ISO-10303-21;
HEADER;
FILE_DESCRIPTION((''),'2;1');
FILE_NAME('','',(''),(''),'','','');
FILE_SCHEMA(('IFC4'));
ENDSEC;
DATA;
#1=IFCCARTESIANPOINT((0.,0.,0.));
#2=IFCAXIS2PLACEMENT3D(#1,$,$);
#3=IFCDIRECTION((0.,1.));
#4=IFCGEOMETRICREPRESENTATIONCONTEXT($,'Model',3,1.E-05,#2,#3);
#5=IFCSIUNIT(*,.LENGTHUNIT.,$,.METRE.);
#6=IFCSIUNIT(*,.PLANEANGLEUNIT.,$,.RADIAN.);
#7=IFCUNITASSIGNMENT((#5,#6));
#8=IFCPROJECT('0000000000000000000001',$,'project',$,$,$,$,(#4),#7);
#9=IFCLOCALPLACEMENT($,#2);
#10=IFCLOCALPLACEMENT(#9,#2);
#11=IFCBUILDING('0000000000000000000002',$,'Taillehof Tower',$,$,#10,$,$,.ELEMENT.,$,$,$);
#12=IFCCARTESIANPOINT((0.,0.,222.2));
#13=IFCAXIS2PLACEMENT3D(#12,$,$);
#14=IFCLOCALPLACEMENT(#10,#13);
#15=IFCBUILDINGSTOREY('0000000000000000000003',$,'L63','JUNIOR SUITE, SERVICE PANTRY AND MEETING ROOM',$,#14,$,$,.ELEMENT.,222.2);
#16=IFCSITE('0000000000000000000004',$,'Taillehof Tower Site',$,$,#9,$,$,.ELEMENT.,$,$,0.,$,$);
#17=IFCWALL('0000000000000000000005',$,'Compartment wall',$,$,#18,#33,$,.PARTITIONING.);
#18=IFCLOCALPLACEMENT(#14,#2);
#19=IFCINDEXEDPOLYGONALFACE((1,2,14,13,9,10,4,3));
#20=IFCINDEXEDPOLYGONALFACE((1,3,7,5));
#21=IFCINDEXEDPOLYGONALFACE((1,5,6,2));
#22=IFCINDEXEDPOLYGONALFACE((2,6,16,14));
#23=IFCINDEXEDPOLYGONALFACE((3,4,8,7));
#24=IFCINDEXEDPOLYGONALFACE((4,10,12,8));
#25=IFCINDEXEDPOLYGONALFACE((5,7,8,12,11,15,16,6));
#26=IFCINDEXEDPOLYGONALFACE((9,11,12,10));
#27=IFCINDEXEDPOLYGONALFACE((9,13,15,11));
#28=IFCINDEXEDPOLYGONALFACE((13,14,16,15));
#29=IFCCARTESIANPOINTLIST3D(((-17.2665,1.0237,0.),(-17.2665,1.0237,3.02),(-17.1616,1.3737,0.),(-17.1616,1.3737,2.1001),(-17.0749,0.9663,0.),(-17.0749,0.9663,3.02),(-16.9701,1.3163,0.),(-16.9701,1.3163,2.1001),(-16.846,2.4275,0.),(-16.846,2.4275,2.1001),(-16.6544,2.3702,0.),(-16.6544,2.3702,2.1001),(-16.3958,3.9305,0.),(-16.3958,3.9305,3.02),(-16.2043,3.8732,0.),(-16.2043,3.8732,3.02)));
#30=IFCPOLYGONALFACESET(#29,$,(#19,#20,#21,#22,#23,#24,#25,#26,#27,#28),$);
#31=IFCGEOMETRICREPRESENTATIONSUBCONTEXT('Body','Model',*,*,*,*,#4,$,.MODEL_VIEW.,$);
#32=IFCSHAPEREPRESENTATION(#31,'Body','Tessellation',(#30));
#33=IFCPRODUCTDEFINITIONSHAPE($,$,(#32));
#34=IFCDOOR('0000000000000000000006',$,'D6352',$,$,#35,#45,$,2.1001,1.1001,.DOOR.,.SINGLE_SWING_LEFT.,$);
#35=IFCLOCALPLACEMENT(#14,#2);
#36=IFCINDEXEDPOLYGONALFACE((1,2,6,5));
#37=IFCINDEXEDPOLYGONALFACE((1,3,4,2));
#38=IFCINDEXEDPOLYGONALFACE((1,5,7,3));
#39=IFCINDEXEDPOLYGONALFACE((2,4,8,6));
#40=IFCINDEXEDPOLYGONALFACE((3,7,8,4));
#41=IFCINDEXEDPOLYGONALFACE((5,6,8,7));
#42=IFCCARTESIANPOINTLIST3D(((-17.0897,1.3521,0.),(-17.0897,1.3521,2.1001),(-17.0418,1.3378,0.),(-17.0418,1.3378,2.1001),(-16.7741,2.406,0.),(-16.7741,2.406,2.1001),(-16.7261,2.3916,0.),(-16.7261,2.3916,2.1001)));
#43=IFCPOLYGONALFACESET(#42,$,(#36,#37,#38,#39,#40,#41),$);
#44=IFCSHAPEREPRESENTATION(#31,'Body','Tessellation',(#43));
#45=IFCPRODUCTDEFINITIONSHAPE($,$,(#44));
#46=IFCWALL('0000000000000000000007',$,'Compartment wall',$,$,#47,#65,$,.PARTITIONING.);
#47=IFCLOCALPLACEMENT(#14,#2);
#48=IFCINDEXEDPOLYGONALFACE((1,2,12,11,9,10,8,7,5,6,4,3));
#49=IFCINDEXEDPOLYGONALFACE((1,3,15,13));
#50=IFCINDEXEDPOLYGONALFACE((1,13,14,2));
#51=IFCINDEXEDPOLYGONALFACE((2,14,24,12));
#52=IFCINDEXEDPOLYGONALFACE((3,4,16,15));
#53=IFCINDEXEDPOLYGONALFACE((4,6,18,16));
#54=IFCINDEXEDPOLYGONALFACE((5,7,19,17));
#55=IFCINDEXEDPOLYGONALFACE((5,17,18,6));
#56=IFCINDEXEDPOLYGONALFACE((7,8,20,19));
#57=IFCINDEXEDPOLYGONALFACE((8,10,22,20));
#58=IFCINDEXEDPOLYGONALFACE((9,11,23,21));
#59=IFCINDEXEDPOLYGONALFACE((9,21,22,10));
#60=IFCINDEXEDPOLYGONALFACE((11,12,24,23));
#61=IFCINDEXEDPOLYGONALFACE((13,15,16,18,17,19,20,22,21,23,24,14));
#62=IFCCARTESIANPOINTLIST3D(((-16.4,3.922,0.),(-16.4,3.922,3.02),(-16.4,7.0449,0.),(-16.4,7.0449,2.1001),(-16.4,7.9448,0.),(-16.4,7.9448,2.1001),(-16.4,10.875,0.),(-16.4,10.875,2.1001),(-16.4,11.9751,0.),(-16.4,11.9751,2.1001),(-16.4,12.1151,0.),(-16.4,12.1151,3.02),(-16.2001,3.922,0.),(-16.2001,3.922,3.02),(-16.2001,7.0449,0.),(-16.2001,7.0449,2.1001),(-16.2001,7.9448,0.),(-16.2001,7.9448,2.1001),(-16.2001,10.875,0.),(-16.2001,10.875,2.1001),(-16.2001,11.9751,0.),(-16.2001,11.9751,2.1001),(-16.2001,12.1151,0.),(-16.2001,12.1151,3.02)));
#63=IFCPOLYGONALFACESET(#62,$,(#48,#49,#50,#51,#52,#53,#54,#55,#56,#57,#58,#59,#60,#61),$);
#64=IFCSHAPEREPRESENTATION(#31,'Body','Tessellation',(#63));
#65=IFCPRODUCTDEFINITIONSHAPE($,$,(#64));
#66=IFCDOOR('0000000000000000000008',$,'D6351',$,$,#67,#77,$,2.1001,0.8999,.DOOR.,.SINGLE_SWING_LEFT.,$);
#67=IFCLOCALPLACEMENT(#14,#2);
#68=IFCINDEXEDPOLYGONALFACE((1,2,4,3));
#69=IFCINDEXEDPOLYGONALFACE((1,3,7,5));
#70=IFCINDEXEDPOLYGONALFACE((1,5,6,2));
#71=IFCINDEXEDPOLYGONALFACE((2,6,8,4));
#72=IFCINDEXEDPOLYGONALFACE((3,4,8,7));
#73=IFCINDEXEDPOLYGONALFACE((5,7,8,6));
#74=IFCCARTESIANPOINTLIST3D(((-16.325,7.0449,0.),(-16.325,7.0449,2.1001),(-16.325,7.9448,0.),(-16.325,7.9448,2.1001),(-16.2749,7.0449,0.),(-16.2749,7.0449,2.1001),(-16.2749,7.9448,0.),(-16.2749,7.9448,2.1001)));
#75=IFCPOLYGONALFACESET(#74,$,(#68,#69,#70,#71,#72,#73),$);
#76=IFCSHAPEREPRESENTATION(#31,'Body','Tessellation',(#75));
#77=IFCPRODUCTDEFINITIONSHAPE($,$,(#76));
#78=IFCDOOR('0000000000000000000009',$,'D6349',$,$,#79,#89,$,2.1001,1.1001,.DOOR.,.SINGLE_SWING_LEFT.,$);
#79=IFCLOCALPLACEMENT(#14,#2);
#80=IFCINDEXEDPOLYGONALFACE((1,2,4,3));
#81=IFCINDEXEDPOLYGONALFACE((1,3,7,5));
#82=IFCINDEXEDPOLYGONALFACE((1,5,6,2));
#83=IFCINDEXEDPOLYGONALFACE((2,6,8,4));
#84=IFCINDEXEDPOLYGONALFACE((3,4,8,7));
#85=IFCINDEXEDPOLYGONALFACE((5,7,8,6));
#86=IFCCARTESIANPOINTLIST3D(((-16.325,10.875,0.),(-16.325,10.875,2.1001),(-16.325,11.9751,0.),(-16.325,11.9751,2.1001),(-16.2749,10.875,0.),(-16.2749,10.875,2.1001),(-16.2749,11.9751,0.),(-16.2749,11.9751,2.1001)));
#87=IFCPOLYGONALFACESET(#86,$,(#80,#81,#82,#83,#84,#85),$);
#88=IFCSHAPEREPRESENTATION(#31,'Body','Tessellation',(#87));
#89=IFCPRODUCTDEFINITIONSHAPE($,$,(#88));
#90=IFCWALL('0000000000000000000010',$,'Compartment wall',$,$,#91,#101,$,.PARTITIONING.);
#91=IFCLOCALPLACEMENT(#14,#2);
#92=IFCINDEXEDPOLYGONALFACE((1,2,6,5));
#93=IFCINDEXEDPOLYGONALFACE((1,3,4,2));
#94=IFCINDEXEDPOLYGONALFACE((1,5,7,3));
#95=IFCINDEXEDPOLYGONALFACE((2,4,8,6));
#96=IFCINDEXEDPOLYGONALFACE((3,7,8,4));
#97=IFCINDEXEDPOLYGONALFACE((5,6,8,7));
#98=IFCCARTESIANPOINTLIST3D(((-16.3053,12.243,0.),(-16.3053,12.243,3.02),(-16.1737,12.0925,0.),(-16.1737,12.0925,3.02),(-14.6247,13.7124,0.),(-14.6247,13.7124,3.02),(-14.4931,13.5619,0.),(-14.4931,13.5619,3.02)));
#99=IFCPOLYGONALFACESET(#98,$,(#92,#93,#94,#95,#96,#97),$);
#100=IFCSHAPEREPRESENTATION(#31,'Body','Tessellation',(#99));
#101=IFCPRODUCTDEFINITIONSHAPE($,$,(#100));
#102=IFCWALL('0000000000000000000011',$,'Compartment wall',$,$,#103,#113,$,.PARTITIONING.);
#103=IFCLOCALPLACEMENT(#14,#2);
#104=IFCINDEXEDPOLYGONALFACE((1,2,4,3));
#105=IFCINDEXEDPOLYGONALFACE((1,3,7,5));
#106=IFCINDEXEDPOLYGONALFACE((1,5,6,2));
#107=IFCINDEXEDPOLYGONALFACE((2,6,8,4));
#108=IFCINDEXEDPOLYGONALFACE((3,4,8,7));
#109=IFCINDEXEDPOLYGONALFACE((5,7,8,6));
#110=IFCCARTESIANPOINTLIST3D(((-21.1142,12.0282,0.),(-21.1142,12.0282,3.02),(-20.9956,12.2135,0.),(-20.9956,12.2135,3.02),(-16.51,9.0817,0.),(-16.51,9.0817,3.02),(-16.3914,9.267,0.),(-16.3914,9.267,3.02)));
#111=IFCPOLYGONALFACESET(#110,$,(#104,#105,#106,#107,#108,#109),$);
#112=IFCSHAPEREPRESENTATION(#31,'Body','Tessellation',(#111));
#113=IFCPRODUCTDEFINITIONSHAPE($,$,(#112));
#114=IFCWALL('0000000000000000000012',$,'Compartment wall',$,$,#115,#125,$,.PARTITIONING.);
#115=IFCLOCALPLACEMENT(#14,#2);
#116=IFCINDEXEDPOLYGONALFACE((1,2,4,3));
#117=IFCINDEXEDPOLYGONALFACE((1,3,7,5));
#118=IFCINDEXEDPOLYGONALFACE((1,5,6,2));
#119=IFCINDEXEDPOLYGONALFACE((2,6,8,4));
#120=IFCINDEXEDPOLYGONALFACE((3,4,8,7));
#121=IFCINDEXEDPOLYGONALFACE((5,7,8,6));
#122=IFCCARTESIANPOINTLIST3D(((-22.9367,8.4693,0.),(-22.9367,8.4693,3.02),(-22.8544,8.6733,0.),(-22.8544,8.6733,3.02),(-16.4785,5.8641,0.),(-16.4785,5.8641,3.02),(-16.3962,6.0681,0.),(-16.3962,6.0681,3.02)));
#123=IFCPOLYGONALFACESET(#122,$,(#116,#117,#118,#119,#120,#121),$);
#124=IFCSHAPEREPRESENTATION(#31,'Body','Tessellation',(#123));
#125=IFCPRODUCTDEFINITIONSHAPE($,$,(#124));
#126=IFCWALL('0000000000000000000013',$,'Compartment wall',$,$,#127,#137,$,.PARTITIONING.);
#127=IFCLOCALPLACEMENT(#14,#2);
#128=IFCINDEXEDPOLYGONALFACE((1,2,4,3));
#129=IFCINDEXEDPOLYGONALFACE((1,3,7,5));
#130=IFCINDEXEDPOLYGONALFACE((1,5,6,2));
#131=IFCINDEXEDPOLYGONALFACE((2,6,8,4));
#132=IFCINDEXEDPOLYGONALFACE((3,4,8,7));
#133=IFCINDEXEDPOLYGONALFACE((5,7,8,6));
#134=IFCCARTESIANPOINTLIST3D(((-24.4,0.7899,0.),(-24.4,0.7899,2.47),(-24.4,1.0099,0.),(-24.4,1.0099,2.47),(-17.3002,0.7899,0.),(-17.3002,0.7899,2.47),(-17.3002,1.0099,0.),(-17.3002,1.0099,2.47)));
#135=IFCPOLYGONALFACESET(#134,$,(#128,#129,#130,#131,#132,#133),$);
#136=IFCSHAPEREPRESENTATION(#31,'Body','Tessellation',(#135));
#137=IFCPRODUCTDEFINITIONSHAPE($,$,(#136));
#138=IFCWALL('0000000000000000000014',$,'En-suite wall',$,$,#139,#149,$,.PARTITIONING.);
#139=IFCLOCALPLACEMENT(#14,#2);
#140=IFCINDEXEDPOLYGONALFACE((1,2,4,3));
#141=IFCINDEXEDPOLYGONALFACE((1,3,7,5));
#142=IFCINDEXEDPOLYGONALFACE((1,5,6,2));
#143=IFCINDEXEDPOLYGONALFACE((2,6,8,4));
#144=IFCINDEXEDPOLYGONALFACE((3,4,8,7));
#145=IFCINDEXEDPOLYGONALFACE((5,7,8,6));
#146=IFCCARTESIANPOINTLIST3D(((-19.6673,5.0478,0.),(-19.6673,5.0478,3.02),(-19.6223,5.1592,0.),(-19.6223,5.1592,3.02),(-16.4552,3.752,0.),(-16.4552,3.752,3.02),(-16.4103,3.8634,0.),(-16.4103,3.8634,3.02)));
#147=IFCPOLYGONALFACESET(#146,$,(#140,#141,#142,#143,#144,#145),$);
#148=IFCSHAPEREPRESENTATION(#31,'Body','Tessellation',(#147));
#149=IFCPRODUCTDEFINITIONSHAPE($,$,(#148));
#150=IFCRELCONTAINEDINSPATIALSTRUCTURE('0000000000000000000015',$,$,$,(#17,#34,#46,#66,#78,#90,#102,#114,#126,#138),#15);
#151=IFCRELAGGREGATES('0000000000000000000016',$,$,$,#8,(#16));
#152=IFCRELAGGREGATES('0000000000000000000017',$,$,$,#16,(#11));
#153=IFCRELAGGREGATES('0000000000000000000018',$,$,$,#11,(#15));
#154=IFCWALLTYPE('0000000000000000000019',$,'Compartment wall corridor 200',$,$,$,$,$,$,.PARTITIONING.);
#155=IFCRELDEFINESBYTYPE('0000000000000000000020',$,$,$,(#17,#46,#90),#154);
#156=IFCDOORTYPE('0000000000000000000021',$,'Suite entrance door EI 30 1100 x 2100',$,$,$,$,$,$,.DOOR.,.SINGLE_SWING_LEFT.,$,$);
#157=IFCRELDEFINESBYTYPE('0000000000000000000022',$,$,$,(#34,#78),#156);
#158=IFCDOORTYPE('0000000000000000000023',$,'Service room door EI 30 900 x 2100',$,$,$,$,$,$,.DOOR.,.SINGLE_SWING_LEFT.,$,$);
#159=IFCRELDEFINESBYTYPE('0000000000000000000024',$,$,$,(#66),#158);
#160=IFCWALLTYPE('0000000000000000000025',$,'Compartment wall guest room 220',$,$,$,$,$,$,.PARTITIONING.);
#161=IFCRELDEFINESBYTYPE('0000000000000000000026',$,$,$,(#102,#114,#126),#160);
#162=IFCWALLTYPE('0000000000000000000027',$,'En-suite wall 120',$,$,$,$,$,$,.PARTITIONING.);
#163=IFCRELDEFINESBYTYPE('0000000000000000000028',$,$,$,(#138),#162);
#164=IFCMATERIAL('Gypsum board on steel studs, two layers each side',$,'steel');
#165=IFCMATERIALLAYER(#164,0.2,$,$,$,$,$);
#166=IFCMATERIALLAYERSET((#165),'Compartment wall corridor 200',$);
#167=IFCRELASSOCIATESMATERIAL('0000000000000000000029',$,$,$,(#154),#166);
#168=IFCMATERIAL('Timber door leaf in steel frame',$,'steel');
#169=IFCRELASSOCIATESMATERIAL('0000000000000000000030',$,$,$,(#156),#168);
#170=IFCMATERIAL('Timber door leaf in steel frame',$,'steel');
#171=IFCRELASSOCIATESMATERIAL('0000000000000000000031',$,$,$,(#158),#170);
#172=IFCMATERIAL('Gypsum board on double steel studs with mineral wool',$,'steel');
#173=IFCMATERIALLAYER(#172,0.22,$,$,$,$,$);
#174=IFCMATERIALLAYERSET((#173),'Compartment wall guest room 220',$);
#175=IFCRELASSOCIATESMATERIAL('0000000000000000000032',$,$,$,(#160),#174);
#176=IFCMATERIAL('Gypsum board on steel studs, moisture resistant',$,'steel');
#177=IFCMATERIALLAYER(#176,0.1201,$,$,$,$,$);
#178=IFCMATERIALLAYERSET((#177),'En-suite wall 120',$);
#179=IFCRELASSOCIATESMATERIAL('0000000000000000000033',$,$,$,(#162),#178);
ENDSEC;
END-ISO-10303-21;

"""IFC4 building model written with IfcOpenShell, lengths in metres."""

from ifc_helpers import new_model, si_unit, direction, frame, frame_2d, origin, place, context, subcontext, project, spatial, rectangle, extrude, material, layer, layer_set, type_object, element, fill, save


model = new_model("IFC4")

# Units and contexts
model_context = context("Model", 3, precision=1e-05, world=origin(), true_north=direction((0.0, 1.0)))
body_context = subcontext(model_context, "Body", "Model", "MODEL_VIEW")
ifc_project = project(units=[si_unit("LENGTHUNIT", "METRE"), si_unit("PLANEANGLEUNIT", "RADIAN")], contexts=[model_context])

# Site, building, storey
site_placement = place(None, origin())
site = spatial("IfcSite", under=ifc_project, at=site_placement, Name="Taillehof Tower Site", CompositionType="ELEMENT", RefElevation=0.0)
building_placement = place(site_placement, origin())
building = spatial("IfcBuilding", under=site, at=building_placement, Name="Taillehof Tower", CompositionType="ELEMENT")
storey_placement = place(building_placement, frame((0.0, 0.0, 222.2)))
storey = spatial("IfcBuildingStorey", under=building, at=storey_placement, Name="L63", Description="JUNIOR SUITE, SERVICE PANTRY AND MEETING ROOM", CompositionType="ELEMENT", Elevation=222.2)

# Wall, opening, door
ifc_material_1 = material(Name="Gypsum board on steel studs, two layers each side", Category="steel")
ifc_layer_1 = layer(ifc_material_1, 0.2)
ifc_layer_set_1 = layer_set([ifc_layer_1], Name="Compartment wall corridor 200")
wall_type_1 = type_object("IfcWallType", Name="Compartment wall corridor 200", PredefinedType="PARTITIONING", material=ifc_layer_set_1)
wall_1_placement = place(storey_placement, frame((-17.1707, 0.9951, 0.0), z_axis=(0.0, 0.0, 1.0), x_axis=(0.28692, 0.957955, 0.0)))
wall_1 = element("IfcWall", 1, at=wall_1_placement, inside=storey, type_object=wall_type_1, Name="Compartment wall", PredefinedType="PARTITIONING", context=body_context, shape_type="SweptSolid", body=[
    extrude(rectangle(XDim=3.0344, YDim=0.2, at=frame_2d((1.5171, 0.0))), origin(), (0.0, 0.0, 1.0), 3.02),
])
opening_1_placement = place(wall_1_placement, frame((0.3652, 0.0, 0.0)))
opening_1 = element("IfcOpeningElement", 2, at=opening_1_placement, cuts=wall_1, PredefinedType="OPENING", context=body_context, shape_type="SweptSolid", body=[
    extrude(rectangle(XDim=1.1001, YDim=2.1001, at=frame_2d((0.55, 1.05))), frame((0.0, 0.1099, 0.0), z_axis=(0.0, -1.0, 0.0), x_axis=(1.0, 0.0, 0.0)), (0.0, 0.0, 1.0), 0.22),
])
ifc_material_2 = material(Name="Timber door leaf in steel frame", Category="steel")
door_type_1 = type_object("IfcDoorType", Name="Suite entrance door EI 30 1100 x 2100", OperationType="SINGLE_SWING_LEFT", PredefinedType="DOOR", material=ifc_material_2)
door_1_placement = place(opening_1_placement, origin())
door_1 = element("IfcDoor", 3, at=door_1_placement, inside=storey, type_object=door_type_1, Name="D6352", OperationType="SINGLE_SWING_LEFT", OverallHeight=2.1001, OverallWidth=1.1001, PredefinedType="DOOR", context=body_context, shape_type="SweptSolid", body=[
    extrude(rectangle(XDim=1.1001, YDim=2.1001, at=frame_2d((0.55, 1.05))), frame((0.0, 0.0249, 0.0), z_axis=(0.0, -1.0, 0.0), x_axis=(1.0, 0.0, 0.0)), (0.0, 0.0, 1.0), 0.05),
])
fill(opening_1, door_1)

# Wall, openings, doors
wall_2_placement = place(storey_placement, frame((-16.3, 3.9219, 0.0), z_axis=(0.0, 0.0, 1.0), x_axis=(0.0, 1.0, 0.0)))
wall_2 = element("IfcWall", 4, at=wall_2_placement, inside=storey, type_object=wall_type_1, Name="Compartment wall", PredefinedType="PARTITIONING", context=body_context, shape_type="SweptSolid", body=[
    extrude(rectangle(XDim=8.1931, YDim=0.2, at=frame_2d((4.0967, 0.0))), origin(), (0.0, 0.0, 1.0), 3.02),
])
opening_2_placement = place(wall_2_placement, frame((6.9531, 0.0, 0.0)))
opening_2 = element("IfcOpeningElement", 5, at=opening_2_placement, cuts=wall_2, PredefinedType="OPENING", context=body_context, shape_type="SweptSolid", body=[
    extrude(rectangle(XDim=1.1001, YDim=2.1001, at=frame_2d((0.55, 1.05))), frame((0.0, 0.1099, 0.0), z_axis=(0.0, -1.0, 0.0), x_axis=(1.0, 0.0, 0.0)), (0.0, 0.0, 1.0), 0.22),
])
opening_3_placement = place(wall_2_placement, frame((3.123, 0.0, 0.0)))
opening_3 = element("IfcOpeningElement", 6, at=opening_3_placement, cuts=wall_2, PredefinedType="OPENING", context=body_context, shape_type="SweptSolid", body=[
    extrude(rectangle(XDim=0.8999, YDim=2.1001, at=frame_2d((0.45, 1.05))), frame((0.0, 0.1099, 0.0), z_axis=(0.0, -1.0, 0.0), x_axis=(1.0, 0.0, 0.0)), (0.0, 0.0, 1.0), 0.22),
])
ifc_material_3 = material(Name="Timber door leaf in steel frame", Category="steel")
door_type_2 = type_object("IfcDoorType", Name="Service room door EI 30 900 x 2100", OperationType="SINGLE_SWING_LEFT", PredefinedType="DOOR", material=ifc_material_3)
door_2_placement = place(opening_3_placement, origin())
door_2 = element("IfcDoor", 7, at=door_2_placement, inside=storey, type_object=door_type_2, Name="D6351", OperationType="SINGLE_SWING_LEFT", OverallHeight=2.1001, OverallWidth=0.8999, PredefinedType="DOOR", context=body_context, shape_type="SweptSolid", body=[
    extrude(rectangle(XDim=0.8999, YDim=2.1001, at=frame_2d((0.45, 1.05))), frame((0.0, 0.0249, 0.0), z_axis=(0.0, -1.0, 0.0), x_axis=(1.0, 0.0, 0.0)), (0.0, 0.0, 1.0), 0.05),
])
fill(opening_3, door_2)
door_3_placement = place(opening_2_placement, origin())
door_3 = element("IfcDoor", 8, at=door_3_placement, inside=storey, type_object=door_type_1, Name="D6349", OperationType="SINGLE_SWING_LEFT", OverallHeight=2.1001, OverallWidth=1.1001, PredefinedType="DOOR", context=body_context, shape_type="SweptSolid", body=[
    extrude(rectangle(XDim=1.1001, YDim=2.1001, at=frame_2d((0.55, 1.05))), frame((0.0, 0.0249, 0.0), z_axis=(0.0, -1.0, 0.0), x_axis=(1.0, 0.0, 0.0)), (0.0, 0.0, 1.0), 0.05),
])
fill(opening_2, door_3)

# Walls
wall_3_placement = place(storey_placement, frame((-16.2395, 12.1677, 0.0), z_axis=(0.0, 0.0, 1.0), x_axis=(0.752821, 0.658226, 0.0)))
element("IfcWall", 9, at=wall_3_placement, inside=storey, type_object=wall_type_1, Name="Compartment wall", PredefinedType="PARTITIONING", context=body_context, shape_type="SweptSolid", body=[
    extrude(rectangle(XDim=2.2324, YDim=0.2, at=frame_2d((1.1162, 0.0))), origin(), (0.0, 0.0, 1.0), 3.02),
])
ifc_material_4 = material(Name="Gypsum board on double steel studs with mineral wool", Category="steel")
ifc_layer_2 = layer(ifc_material_4, 0.22)
ifc_layer_set_2 = layer_set([ifc_layer_2], Name="Compartment wall guest room 220")
wall_type_2 = type_object("IfcWallType", Name="Compartment wall guest room 220", PredefinedType="PARTITIONING", material=ifc_layer_set_2)
wall_4_placement = place(storey_placement, frame((-21.0549, 12.1208, 0.0), z_axis=(0.0, 0.0, 1.0), x_axis=(0.842287, -0.53903, 0.0)))
element("IfcWall", 10, at=wall_4_placement, inside=storey, type_object=wall_type_2, Name="Compartment wall", PredefinedType="PARTITIONING", context=body_context, shape_type="SweptSolid", body=[
    extrude(rectangle(XDim=5.4663, YDim=0.22, at=frame_2d((2.7332, 0.0))), origin(), (0.0, 0.0, 1.0), 3.02),
])
wall_5_placement = place(storey_placement, frame((-22.8955, 8.5713, 0.0), z_axis=(0.0, 0.0, 1.0), x_axis=(0.927387, -0.374103, 0.0)))
element("IfcWall", 11, at=wall_5_placement, inside=storey, type_object=wall_type_2, Name="Compartment wall", PredefinedType="PARTITIONING", context=body_context, shape_type="SweptSolid", body=[
    extrude(rectangle(XDim=6.9639, YDim=0.22, at=frame_2d((3.4819, 0.0))), origin(), (0.0, 0.0, 1.0), 3.02),
])
wall_6_placement = place(storey_placement, frame((-24.3999, 0.8999, 0.0), z_axis=(0.0, 0.0, 1.0), x_axis=(1.0, 0.0, 0.0)))
element("IfcWall", 12, at=wall_6_placement, inside=storey, type_object=wall_type_2, Name="Compartment wall", PredefinedType="PARTITIONING", context=body_context, shape_type="SweptSolid", body=[
    extrude(rectangle(XDim=7.0999, YDim=0.22, at=frame_2d((3.5498, 0.0))), origin(), (0.0, 0.0, 1.0), 2.47),
])
ifc_material_5 = material(Name="Gypsum board on steel studs, moisture resistant", Category="steel")
ifc_layer_3 = layer(ifc_material_5, 0.1201)
ifc_layer_set_3 = layer_set([ifc_layer_3], Name="En-suite wall 120")
wall_type_3 = type_object("IfcWallType", Name="En-suite wall 120", PredefinedType="PARTITIONING", material=ifc_layer_set_3)
wall_7_placement = place(storey_placement, frame((-16.4326, 3.8076, 0.0), z_axis=(0.0, 0.0, 1.0), x_axis=(-0.927374, 0.374136, 0.0)))
element("IfcWall", 13, at=wall_7_placement, inside=storey, type_object=wall_type_3, Name="En-suite wall", PredefinedType="PARTITIONING", context=body_context, shape_type="SweptSolid", body=[
    extrude(rectangle(XDim=3.4636, YDim=0.1201, at=frame_2d((1.7319, 0.0))), origin(), (0.0, 0.0, 1.0), 3.02),
])

save(model, "model.ifc")
